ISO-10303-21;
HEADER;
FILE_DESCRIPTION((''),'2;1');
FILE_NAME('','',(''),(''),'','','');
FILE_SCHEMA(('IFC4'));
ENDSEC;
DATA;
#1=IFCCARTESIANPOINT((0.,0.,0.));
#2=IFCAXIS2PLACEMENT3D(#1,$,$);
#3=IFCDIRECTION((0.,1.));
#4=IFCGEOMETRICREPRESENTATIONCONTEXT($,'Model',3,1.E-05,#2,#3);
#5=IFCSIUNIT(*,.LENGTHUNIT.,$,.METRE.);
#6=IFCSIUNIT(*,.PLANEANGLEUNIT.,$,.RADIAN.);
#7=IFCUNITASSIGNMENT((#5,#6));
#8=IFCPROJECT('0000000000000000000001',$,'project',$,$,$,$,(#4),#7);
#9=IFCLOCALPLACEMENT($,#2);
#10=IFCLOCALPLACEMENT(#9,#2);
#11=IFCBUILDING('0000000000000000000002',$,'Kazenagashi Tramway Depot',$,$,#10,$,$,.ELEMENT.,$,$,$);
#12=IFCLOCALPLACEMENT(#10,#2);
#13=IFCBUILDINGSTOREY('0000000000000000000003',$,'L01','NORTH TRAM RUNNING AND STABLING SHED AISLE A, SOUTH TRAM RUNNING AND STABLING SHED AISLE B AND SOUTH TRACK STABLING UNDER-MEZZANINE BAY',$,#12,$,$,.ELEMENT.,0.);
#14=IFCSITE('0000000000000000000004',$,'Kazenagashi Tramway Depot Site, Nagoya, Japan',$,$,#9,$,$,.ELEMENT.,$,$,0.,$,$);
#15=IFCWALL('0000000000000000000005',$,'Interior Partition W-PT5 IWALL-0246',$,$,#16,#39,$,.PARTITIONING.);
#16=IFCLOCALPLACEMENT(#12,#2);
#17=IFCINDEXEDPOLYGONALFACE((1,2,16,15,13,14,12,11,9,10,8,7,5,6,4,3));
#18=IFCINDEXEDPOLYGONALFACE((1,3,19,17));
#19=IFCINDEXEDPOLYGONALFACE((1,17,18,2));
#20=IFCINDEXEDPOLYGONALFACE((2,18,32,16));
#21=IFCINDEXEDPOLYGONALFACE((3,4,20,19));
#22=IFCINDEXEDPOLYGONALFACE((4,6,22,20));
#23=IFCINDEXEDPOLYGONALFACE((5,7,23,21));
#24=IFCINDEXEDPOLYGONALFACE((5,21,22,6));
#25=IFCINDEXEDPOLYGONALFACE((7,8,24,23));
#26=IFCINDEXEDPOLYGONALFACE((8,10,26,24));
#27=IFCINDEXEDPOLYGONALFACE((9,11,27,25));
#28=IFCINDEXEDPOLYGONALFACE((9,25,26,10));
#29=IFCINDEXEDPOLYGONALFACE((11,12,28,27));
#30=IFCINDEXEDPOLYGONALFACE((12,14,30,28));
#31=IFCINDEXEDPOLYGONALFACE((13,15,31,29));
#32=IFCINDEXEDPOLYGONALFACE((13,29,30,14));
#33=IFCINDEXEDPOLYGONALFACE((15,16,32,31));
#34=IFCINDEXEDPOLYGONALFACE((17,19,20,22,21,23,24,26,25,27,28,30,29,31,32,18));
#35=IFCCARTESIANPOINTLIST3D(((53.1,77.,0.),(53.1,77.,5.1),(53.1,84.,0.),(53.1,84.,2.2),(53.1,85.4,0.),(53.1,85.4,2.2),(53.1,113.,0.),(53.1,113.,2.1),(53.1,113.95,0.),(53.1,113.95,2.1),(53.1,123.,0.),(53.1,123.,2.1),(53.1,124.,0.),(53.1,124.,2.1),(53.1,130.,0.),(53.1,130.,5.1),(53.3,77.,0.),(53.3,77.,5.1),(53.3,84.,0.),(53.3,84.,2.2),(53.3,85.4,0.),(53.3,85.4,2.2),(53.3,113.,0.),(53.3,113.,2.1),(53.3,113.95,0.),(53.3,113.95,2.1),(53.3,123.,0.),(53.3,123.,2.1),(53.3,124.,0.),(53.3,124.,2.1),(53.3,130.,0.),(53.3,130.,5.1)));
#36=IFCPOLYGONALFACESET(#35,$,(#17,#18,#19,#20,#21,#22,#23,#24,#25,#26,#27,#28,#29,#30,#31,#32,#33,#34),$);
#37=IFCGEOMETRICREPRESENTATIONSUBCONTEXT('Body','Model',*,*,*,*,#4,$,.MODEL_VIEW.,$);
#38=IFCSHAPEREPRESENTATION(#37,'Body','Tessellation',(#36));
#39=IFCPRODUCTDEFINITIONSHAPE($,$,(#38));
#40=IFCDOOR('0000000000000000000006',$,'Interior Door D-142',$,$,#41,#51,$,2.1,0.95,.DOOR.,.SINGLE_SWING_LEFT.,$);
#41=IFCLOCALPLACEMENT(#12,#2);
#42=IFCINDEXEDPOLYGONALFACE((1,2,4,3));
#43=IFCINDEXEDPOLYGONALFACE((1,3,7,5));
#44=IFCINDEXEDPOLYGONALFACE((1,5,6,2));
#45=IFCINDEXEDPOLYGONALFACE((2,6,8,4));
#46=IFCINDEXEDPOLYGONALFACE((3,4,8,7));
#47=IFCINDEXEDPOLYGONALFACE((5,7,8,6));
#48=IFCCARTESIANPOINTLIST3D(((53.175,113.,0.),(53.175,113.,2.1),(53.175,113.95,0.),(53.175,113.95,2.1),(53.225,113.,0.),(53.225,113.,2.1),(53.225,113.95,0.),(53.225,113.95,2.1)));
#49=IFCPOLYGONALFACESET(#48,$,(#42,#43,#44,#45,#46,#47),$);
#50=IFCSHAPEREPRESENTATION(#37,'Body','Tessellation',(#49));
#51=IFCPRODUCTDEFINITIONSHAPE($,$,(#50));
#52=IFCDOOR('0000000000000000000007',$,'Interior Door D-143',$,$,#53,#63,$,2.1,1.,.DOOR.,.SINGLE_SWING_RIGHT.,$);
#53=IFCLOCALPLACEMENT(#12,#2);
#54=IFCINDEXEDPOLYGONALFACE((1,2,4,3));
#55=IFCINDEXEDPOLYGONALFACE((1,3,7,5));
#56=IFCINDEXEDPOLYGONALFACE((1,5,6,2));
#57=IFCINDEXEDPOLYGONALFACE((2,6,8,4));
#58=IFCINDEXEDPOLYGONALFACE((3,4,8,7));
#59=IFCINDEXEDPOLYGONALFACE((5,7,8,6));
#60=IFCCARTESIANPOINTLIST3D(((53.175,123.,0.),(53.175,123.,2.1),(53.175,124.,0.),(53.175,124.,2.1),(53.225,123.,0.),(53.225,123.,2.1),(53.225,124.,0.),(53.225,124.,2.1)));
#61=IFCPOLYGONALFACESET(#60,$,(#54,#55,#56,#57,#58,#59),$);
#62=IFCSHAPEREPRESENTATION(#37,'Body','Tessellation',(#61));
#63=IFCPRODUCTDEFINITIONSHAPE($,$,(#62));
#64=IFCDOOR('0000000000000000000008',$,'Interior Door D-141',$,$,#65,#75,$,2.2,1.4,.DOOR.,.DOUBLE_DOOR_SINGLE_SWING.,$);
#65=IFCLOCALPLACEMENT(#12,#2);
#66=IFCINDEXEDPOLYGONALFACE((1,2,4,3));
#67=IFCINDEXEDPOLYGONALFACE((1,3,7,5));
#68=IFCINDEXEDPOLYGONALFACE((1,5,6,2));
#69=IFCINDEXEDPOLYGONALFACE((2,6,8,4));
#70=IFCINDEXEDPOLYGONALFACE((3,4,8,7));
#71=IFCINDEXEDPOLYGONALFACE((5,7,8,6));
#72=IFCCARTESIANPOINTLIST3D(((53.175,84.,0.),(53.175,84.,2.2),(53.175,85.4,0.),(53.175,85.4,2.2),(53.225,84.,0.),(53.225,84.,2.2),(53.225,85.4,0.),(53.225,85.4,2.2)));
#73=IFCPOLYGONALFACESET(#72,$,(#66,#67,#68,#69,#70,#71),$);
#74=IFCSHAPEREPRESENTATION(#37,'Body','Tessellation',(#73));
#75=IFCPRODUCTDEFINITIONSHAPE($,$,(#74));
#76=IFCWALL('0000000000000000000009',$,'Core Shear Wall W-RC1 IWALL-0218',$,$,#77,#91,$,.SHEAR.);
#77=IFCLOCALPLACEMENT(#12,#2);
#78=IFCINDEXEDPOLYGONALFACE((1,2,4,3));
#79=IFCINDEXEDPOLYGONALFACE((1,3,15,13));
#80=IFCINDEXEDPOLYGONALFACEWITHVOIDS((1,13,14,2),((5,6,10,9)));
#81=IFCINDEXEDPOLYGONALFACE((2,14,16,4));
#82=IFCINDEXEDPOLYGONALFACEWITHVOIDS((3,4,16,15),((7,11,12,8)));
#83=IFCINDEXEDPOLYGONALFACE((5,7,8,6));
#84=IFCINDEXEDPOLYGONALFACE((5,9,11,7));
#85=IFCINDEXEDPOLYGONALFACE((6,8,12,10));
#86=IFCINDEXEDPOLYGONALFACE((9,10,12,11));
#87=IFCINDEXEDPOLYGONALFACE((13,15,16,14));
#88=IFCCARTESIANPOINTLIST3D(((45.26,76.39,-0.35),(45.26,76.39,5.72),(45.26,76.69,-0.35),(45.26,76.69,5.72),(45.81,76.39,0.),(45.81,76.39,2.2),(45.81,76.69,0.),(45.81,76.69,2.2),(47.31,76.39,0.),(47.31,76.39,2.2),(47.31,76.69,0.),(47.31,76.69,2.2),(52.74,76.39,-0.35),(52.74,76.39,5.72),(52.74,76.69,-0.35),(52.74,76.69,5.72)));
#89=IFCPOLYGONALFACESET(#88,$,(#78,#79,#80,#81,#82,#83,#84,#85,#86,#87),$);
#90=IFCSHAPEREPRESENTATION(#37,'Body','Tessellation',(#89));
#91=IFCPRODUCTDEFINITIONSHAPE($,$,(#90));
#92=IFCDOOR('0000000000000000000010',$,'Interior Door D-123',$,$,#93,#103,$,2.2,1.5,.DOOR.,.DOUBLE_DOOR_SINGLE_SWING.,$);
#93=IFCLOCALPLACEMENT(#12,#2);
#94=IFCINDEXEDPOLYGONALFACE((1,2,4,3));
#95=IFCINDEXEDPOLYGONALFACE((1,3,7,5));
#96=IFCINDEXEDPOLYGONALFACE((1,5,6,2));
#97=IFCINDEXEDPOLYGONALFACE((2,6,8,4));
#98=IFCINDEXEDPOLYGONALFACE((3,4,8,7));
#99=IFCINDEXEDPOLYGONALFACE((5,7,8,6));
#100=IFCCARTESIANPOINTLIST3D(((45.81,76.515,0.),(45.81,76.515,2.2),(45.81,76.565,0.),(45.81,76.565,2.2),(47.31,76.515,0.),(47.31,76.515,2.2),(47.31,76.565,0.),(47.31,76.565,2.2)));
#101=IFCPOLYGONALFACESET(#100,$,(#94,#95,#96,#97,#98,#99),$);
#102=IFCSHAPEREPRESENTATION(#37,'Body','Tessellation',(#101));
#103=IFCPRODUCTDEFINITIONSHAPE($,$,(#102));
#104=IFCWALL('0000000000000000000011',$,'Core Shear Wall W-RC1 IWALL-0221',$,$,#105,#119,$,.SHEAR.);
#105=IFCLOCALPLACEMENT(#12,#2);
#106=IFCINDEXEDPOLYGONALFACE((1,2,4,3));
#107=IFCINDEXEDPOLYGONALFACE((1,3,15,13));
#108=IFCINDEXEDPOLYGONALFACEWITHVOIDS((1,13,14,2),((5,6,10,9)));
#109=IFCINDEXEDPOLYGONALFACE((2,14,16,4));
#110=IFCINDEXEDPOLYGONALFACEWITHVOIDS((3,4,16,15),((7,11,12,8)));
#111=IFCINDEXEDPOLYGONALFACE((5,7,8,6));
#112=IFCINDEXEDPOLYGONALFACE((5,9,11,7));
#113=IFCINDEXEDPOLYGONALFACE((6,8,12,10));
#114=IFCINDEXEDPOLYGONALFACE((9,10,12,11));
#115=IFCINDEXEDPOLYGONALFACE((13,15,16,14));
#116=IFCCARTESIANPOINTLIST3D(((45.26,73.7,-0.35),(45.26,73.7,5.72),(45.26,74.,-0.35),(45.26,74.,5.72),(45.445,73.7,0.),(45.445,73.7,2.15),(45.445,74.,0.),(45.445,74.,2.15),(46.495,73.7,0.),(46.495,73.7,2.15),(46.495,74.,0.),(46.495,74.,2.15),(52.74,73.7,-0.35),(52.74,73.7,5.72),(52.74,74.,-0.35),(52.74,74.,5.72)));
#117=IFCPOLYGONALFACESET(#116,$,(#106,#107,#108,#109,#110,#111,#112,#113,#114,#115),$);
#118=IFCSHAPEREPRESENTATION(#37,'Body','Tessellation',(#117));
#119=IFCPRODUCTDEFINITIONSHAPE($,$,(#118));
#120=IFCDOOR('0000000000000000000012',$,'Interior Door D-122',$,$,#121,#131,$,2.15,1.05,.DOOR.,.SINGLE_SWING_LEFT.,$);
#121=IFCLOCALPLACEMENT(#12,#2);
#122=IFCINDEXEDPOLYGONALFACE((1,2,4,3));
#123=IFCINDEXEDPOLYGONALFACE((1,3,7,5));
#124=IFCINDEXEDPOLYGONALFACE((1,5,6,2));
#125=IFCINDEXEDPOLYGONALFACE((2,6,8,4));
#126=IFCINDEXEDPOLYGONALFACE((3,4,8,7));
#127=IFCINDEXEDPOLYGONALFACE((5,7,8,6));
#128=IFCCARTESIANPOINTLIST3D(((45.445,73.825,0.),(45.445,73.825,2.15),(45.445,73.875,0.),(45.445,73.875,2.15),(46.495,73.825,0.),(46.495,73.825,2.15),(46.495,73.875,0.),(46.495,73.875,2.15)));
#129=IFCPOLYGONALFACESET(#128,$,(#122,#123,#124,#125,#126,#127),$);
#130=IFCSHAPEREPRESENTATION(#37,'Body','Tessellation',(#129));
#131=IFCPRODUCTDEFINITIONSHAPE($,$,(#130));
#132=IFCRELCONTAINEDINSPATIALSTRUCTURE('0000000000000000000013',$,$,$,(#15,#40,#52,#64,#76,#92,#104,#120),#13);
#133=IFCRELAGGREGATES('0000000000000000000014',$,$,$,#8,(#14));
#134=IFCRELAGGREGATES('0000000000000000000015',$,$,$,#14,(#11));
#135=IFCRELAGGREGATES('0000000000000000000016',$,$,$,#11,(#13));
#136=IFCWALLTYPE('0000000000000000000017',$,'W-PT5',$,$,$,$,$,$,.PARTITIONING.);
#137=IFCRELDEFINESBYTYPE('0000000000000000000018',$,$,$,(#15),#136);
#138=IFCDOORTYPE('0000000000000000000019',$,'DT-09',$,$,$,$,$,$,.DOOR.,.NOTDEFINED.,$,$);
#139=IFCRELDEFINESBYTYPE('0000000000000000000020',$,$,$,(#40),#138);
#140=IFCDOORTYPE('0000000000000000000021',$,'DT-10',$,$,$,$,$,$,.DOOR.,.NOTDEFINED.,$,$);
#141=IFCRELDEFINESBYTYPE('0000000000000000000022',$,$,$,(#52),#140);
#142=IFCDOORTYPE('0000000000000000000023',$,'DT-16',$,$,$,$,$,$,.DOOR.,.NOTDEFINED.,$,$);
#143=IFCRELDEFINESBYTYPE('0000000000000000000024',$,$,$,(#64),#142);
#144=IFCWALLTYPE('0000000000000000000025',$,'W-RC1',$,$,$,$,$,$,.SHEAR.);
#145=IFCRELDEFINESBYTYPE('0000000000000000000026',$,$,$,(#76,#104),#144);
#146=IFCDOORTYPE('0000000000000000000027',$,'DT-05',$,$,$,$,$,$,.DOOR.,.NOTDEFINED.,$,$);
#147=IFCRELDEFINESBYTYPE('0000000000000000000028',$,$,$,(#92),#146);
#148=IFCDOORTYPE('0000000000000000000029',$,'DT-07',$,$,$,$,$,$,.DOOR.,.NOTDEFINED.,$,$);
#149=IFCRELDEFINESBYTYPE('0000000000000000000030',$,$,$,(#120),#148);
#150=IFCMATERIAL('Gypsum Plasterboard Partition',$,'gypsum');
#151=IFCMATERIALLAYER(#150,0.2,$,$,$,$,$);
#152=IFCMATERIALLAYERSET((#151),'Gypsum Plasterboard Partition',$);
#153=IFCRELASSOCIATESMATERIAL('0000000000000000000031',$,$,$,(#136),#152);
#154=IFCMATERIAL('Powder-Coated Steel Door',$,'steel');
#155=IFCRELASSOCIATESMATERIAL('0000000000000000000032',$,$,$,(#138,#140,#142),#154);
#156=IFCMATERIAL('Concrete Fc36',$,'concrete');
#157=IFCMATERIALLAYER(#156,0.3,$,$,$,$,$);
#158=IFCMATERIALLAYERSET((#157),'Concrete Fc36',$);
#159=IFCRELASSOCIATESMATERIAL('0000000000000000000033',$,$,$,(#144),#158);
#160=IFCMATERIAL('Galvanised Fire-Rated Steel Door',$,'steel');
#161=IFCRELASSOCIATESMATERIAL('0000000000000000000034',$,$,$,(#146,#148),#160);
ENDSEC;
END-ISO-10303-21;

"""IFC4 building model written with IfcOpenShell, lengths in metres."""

from ifc_helpers import new_model, si_unit, direction, frame, frame_2d, origin, place, context, subcontext, project, spatial, rectangle, extrude, material, layer, layer_set, type_object, element, fill, save


model = new_model("IFC4")

# Units and contexts
model_context = context("Model", 3, precision=1e-05, world=origin(), true_north=direction((0.0, 1.0)))
body_context = subcontext(model_context, "Body", "Model", "MODEL_VIEW")
ifc_project = project(units=[si_unit("LENGTHUNIT", "METRE"), si_unit("PLANEANGLEUNIT", "RADIAN")], contexts=[model_context])

# Site, building, storey
site_placement = place(None, origin())
site = spatial("IfcSite", under=ifc_project, at=site_placement, Name="Kazenagashi Tramway Depot Site, Nagoya, Japan", CompositionType="ELEMENT", RefElevation=0.0)
building_placement = place(site_placement, origin())
building = spatial("IfcBuilding", under=site, at=building_placement, Name="Kazenagashi Tramway Depot", CompositionType="ELEMENT")
storey_placement = place(building_placement, origin())
storey = spatial("IfcBuildingStorey", under=building, at=storey_placement, Name="L01", Description="NORTH TRAM RUNNING AND STABLING SHED AISLE A, SOUTH TRAM RUNNING AND STABLING SHED AISLE B AND SOUTH TRACK STABLING UNDER-MEZZANINE BAY", CompositionType="ELEMENT", Elevation=0.0)

# Wall, openings, doors
ifc_material_1 = material(Name="Gypsum Plasterboard Partition", Category="gypsum")
ifc_layer_1 = layer(ifc_material_1, 0.2)
ifc_layer_set_1 = layer_set([ifc_layer_1], Name="Gypsum Plasterboard Partition")
wall_type_1 = type_object("IfcWallType", Name="W-PT5", PredefinedType="PARTITIONING", material=ifc_layer_set_1)
wall_1_placement = place(storey_placement, frame((53.2, 77.0, 0.0), z_axis=(0.0, 0.0, 1.0), x_axis=(0.0, 1.0, 0.0)))
wall_1 = element("IfcWall", 1, at=wall_1_placement, inside=storey, type_object=wall_type_1, Name="Interior Partition W-PT5 IWALL-0246", PredefinedType="PARTITIONING", context=body_context, shape_type="SweptSolid", body=[
    extrude(rectangle(XDim=53.0, YDim=0.2, at=frame_2d((26.5, 0.0))), origin(), (0.0, 0.0, 1.0), 5.1),
])
opening_1_placement = place(wall_1_placement, frame((7.0, 0.0, 0.0)))
opening_1 = element("IfcOpeningElement", 2, at=opening_1_placement, cuts=wall_1, PredefinedType="OPENING", context=body_context, shape_type="SweptSolid", body=[
    extrude(rectangle(XDim=1.4, YDim=2.2, at=frame_2d((0.7, 1.1))), frame((0.0, 0.11, 0.0), z_axis=(0.0, -1.0, 0.0), x_axis=(1.0, 0.0, 0.0)), (0.0, 0.0, 1.0), 0.22),
])
opening_2_placement = place(wall_1_placement, frame((36.0, 0.0, 0.0)))
opening_2 = element("IfcOpeningElement", 3, at=opening_2_placement, cuts=wall_1, PredefinedType="OPENING", context=body_context, shape_type="SweptSolid", body=[
    extrude(rectangle(XDim=0.95, YDim=2.1, at=frame_2d((0.475, 1.05))), frame((0.0, 0.11, 0.0), z_axis=(0.0, -1.0, 0.0), x_axis=(1.0, 0.0, 0.0)), (0.0, 0.0, 1.0), 0.22),
])
opening_3_placement = place(wall_1_placement, frame((46.0, 0.0, 0.0)))
opening_3 = element("IfcOpeningElement", 4, at=opening_3_placement, cuts=wall_1, PredefinedType="OPENING", context=body_context, shape_type="SweptSolid", body=[
    extrude(rectangle(XDim=1.0, YDim=2.1, at=frame_2d((0.5, 1.05))), frame((0.0, 0.11, 0.0), z_axis=(0.0, -1.0, 0.0), x_axis=(1.0, 0.0, 0.0)), (0.0, 0.0, 1.0), 0.22),
])
ifc_material_2 = material(Name="Powder-Coated Steel Door", Category="steel")
door_type_1 = type_object("IfcDoorType", Name="DT-09", OperationType="NOTDEFINED", PredefinedType="DOOR", material=ifc_material_2)
door_1_placement = place(opening_2_placement, origin())
door_1 = element("IfcDoor", 5, at=door_1_placement, inside=storey, type_object=door_type_1, Name="Interior Door D-142", OperationType="SINGLE_SWING_LEFT", OverallHeight=2.1, OverallWidth=0.95, PredefinedType="DOOR", context=body_context, shape_type="SweptSolid", body=[
    extrude(rectangle(XDim=0.95, YDim=2.1, at=frame_2d((0.475, 1.05))), frame((0.0, 0.025, 0.0), z_axis=(0.0, -1.0, 0.0), x_axis=(1.0, 0.0, 0.0)), (0.0, 0.0, 1.0), 0.05),
])
fill(opening_2, door_1)
door_type_2 = type_object("IfcDoorType", Name="DT-10", OperationType="NOTDEFINED", PredefinedType="DOOR", material=ifc_material_2)
door_2_placement = place(opening_3_placement, origin())
door_2 = element("IfcDoor", 6, at=door_2_placement, inside=storey, type_object=door_type_2, Name="Interior Door D-143", OperationType="SINGLE_SWING_RIGHT", OverallHeight=2.1, OverallWidth=1.0, PredefinedType="DOOR", context=body_context, shape_type="SweptSolid", body=[
    extrude(rectangle(XDim=1.0, YDim=2.1, at=frame_2d((0.5, 1.05))), frame((0.0, 0.025, 0.0), z_axis=(0.0, -1.0, 0.0), x_axis=(1.0, 0.0, 0.0)), (0.0, 0.0, 1.0), 0.05),
])
fill(opening_3, door_2)
door_type_3 = type_object("IfcDoorType", Name="DT-16", OperationType="NOTDEFINED", PredefinedType="DOOR", material=ifc_material_2)
door_3_placement = place(opening_1_placement, origin())
door_3 = element("IfcDoor", 7, at=door_3_placement, inside=storey, type_object=door_type_3, Name="Interior Door D-141", OperationType="DOUBLE_DOOR_SINGLE_SWING", OverallHeight=2.2, OverallWidth=1.4, PredefinedType="DOOR", context=body_context, shape_type="SweptSolid", body=[
    extrude(rectangle(XDim=1.4, YDim=2.2, at=frame_2d((0.7, 1.1))), frame((0.0, 0.025, 0.0), z_axis=(0.0, -1.0, 0.0), x_axis=(1.0, 0.0, 0.0)), (0.0, 0.0, 1.0), 0.05),
])
fill(opening_1, door_3)

# Walls, openings, doors
ifc_material_3 = material(Name="Concrete Fc36", Category="concrete")
ifc_layer_2 = layer(ifc_material_3, 0.3)
ifc_layer_set_2 = layer_set([ifc_layer_2], Name="Concrete Fc36")
wall_type_2 = type_object("IfcWallType", Name="W-RC1", PredefinedType="SHEAR", material=ifc_layer_set_2)
wall_2_placement = place(storey_placement, frame((45.26, 76.54, -0.35), z_axis=(0.0, 0.0, 1.0), x_axis=(1.0, 0.0, 0.0)))
wall_2 = element("IfcWall", 8, at=wall_2_placement, inside=storey, type_object=wall_type_2, Name="Core Shear Wall W-RC1 IWALL-0218", PredefinedType="SHEAR", context=body_context, shape_type="SweptSolid", body=[
    extrude(rectangle(XDim=7.48, YDim=0.3, at=frame_2d((3.74, 0.0))), origin(), (0.0, 0.0, 1.0), 6.07),
])
opening_4_placement = place(wall_2_placement, frame((0.55, 0.0, 0.35)))
opening_4 = element("IfcOpeningElement", 9, at=opening_4_placement, cuts=wall_2, PredefinedType="OPENING", context=body_context, shape_type="SweptSolid", body=[
    extrude(rectangle(XDim=1.5, YDim=2.2, at=frame_2d((0.75, 1.1))), frame((0.0, 0.16, 0.0), z_axis=(0.0, -1.0, 0.0), x_axis=(1.0, 0.0, 0.0)), (0.0, 0.0, 1.0), 0.32),
])
ifc_material_4 = material(Name="Galvanised Fire-Rated Steel Door", Category="steel")
door_type_4 = type_object("IfcDoorType", Name="DT-05", OperationType="NOTDEFINED", PredefinedType="DOOR", material=ifc_material_4)
door_4_placement = place(opening_4_placement, origin())
door_4 = element("IfcDoor", 10, at=door_4_placement, inside=storey, type_object=door_type_4, Name="Interior Door D-123", OperationType="DOUBLE_DOOR_SINGLE_SWING", OverallHeight=2.2, OverallWidth=1.5, PredefinedType="DOOR", context=body_context, shape_type="SweptSolid", body=[
    extrude(rectangle(XDim=1.5, YDim=2.2, at=frame_2d((0.75, 1.1))), frame((0.0, 0.025, 0.0), z_axis=(0.0, -1.0, 0.0), x_axis=(1.0, 0.0, 0.0)), (0.0, 0.0, 1.0), 0.05),
])
fill(opening_4, door_4)
wall_3_placement = place(storey_placement, frame((45.26, 73.85, -0.35), z_axis=(0.0, 0.0, 1.0), x_axis=(1.0, 0.0, 0.0)))
wall_3 = element("IfcWall", 11, at=wall_3_placement, inside=storey, type_object=wall_type_2, Name="Core Shear Wall W-RC1 IWALL-0221", PredefinedType="SHEAR", context=body_context, shape_type="SweptSolid", body=[
    extrude(rectangle(XDim=7.48, YDim=0.3, at=frame_2d((3.74, 0.0))), origin(), (0.0, 0.0, 1.0), 6.07),
])
opening_5_placement = place(wall_3_placement, frame((0.185, 0.0, 0.35)))
opening_5 = element("IfcOpeningElement", 12, at=opening_5_placement, cuts=wall_3, PredefinedType="OPENING", context=body_context, shape_type="SweptSolid", body=[
    extrude(rectangle(XDim=1.05, YDim=2.15, at=frame_2d((0.525, 1.075))), frame((0.0, 0.16, 0.0), z_axis=(0.0, -1.0, 0.0), x_axis=(1.0, 0.0, 0.0)), (0.0, 0.0, 1.0), 0.32),
])
door_type_5 = type_object("IfcDoorType", Name="DT-07", OperationType="NOTDEFINED", PredefinedType="DOOR", material=ifc_material_4)
door_5_placement = place(opening_5_placement, origin())
door_5 = element("IfcDoor", 13, at=door_5_placement, inside=storey, type_object=door_type_5, Name="Interior Door D-122", OperationType="SINGLE_SWING_LEFT", OverallHeight=2.15, OverallWidth=1.05, PredefinedType="DOOR", context=body_context, shape_type="SweptSolid", body=[
    extrude(rectangle(XDim=1.05, YDim=2.15, at=frame_2d((0.525, 1.075))), frame((0.0, 0.025, 0.0), z_axis=(0.0, -1.0, 0.0), x_axis=(1.0, 0.0, 0.0)), (0.0, 0.0, 1.0), 0.05),
])
fill(opening_5, door_5)

save(model, "model.ifc")
